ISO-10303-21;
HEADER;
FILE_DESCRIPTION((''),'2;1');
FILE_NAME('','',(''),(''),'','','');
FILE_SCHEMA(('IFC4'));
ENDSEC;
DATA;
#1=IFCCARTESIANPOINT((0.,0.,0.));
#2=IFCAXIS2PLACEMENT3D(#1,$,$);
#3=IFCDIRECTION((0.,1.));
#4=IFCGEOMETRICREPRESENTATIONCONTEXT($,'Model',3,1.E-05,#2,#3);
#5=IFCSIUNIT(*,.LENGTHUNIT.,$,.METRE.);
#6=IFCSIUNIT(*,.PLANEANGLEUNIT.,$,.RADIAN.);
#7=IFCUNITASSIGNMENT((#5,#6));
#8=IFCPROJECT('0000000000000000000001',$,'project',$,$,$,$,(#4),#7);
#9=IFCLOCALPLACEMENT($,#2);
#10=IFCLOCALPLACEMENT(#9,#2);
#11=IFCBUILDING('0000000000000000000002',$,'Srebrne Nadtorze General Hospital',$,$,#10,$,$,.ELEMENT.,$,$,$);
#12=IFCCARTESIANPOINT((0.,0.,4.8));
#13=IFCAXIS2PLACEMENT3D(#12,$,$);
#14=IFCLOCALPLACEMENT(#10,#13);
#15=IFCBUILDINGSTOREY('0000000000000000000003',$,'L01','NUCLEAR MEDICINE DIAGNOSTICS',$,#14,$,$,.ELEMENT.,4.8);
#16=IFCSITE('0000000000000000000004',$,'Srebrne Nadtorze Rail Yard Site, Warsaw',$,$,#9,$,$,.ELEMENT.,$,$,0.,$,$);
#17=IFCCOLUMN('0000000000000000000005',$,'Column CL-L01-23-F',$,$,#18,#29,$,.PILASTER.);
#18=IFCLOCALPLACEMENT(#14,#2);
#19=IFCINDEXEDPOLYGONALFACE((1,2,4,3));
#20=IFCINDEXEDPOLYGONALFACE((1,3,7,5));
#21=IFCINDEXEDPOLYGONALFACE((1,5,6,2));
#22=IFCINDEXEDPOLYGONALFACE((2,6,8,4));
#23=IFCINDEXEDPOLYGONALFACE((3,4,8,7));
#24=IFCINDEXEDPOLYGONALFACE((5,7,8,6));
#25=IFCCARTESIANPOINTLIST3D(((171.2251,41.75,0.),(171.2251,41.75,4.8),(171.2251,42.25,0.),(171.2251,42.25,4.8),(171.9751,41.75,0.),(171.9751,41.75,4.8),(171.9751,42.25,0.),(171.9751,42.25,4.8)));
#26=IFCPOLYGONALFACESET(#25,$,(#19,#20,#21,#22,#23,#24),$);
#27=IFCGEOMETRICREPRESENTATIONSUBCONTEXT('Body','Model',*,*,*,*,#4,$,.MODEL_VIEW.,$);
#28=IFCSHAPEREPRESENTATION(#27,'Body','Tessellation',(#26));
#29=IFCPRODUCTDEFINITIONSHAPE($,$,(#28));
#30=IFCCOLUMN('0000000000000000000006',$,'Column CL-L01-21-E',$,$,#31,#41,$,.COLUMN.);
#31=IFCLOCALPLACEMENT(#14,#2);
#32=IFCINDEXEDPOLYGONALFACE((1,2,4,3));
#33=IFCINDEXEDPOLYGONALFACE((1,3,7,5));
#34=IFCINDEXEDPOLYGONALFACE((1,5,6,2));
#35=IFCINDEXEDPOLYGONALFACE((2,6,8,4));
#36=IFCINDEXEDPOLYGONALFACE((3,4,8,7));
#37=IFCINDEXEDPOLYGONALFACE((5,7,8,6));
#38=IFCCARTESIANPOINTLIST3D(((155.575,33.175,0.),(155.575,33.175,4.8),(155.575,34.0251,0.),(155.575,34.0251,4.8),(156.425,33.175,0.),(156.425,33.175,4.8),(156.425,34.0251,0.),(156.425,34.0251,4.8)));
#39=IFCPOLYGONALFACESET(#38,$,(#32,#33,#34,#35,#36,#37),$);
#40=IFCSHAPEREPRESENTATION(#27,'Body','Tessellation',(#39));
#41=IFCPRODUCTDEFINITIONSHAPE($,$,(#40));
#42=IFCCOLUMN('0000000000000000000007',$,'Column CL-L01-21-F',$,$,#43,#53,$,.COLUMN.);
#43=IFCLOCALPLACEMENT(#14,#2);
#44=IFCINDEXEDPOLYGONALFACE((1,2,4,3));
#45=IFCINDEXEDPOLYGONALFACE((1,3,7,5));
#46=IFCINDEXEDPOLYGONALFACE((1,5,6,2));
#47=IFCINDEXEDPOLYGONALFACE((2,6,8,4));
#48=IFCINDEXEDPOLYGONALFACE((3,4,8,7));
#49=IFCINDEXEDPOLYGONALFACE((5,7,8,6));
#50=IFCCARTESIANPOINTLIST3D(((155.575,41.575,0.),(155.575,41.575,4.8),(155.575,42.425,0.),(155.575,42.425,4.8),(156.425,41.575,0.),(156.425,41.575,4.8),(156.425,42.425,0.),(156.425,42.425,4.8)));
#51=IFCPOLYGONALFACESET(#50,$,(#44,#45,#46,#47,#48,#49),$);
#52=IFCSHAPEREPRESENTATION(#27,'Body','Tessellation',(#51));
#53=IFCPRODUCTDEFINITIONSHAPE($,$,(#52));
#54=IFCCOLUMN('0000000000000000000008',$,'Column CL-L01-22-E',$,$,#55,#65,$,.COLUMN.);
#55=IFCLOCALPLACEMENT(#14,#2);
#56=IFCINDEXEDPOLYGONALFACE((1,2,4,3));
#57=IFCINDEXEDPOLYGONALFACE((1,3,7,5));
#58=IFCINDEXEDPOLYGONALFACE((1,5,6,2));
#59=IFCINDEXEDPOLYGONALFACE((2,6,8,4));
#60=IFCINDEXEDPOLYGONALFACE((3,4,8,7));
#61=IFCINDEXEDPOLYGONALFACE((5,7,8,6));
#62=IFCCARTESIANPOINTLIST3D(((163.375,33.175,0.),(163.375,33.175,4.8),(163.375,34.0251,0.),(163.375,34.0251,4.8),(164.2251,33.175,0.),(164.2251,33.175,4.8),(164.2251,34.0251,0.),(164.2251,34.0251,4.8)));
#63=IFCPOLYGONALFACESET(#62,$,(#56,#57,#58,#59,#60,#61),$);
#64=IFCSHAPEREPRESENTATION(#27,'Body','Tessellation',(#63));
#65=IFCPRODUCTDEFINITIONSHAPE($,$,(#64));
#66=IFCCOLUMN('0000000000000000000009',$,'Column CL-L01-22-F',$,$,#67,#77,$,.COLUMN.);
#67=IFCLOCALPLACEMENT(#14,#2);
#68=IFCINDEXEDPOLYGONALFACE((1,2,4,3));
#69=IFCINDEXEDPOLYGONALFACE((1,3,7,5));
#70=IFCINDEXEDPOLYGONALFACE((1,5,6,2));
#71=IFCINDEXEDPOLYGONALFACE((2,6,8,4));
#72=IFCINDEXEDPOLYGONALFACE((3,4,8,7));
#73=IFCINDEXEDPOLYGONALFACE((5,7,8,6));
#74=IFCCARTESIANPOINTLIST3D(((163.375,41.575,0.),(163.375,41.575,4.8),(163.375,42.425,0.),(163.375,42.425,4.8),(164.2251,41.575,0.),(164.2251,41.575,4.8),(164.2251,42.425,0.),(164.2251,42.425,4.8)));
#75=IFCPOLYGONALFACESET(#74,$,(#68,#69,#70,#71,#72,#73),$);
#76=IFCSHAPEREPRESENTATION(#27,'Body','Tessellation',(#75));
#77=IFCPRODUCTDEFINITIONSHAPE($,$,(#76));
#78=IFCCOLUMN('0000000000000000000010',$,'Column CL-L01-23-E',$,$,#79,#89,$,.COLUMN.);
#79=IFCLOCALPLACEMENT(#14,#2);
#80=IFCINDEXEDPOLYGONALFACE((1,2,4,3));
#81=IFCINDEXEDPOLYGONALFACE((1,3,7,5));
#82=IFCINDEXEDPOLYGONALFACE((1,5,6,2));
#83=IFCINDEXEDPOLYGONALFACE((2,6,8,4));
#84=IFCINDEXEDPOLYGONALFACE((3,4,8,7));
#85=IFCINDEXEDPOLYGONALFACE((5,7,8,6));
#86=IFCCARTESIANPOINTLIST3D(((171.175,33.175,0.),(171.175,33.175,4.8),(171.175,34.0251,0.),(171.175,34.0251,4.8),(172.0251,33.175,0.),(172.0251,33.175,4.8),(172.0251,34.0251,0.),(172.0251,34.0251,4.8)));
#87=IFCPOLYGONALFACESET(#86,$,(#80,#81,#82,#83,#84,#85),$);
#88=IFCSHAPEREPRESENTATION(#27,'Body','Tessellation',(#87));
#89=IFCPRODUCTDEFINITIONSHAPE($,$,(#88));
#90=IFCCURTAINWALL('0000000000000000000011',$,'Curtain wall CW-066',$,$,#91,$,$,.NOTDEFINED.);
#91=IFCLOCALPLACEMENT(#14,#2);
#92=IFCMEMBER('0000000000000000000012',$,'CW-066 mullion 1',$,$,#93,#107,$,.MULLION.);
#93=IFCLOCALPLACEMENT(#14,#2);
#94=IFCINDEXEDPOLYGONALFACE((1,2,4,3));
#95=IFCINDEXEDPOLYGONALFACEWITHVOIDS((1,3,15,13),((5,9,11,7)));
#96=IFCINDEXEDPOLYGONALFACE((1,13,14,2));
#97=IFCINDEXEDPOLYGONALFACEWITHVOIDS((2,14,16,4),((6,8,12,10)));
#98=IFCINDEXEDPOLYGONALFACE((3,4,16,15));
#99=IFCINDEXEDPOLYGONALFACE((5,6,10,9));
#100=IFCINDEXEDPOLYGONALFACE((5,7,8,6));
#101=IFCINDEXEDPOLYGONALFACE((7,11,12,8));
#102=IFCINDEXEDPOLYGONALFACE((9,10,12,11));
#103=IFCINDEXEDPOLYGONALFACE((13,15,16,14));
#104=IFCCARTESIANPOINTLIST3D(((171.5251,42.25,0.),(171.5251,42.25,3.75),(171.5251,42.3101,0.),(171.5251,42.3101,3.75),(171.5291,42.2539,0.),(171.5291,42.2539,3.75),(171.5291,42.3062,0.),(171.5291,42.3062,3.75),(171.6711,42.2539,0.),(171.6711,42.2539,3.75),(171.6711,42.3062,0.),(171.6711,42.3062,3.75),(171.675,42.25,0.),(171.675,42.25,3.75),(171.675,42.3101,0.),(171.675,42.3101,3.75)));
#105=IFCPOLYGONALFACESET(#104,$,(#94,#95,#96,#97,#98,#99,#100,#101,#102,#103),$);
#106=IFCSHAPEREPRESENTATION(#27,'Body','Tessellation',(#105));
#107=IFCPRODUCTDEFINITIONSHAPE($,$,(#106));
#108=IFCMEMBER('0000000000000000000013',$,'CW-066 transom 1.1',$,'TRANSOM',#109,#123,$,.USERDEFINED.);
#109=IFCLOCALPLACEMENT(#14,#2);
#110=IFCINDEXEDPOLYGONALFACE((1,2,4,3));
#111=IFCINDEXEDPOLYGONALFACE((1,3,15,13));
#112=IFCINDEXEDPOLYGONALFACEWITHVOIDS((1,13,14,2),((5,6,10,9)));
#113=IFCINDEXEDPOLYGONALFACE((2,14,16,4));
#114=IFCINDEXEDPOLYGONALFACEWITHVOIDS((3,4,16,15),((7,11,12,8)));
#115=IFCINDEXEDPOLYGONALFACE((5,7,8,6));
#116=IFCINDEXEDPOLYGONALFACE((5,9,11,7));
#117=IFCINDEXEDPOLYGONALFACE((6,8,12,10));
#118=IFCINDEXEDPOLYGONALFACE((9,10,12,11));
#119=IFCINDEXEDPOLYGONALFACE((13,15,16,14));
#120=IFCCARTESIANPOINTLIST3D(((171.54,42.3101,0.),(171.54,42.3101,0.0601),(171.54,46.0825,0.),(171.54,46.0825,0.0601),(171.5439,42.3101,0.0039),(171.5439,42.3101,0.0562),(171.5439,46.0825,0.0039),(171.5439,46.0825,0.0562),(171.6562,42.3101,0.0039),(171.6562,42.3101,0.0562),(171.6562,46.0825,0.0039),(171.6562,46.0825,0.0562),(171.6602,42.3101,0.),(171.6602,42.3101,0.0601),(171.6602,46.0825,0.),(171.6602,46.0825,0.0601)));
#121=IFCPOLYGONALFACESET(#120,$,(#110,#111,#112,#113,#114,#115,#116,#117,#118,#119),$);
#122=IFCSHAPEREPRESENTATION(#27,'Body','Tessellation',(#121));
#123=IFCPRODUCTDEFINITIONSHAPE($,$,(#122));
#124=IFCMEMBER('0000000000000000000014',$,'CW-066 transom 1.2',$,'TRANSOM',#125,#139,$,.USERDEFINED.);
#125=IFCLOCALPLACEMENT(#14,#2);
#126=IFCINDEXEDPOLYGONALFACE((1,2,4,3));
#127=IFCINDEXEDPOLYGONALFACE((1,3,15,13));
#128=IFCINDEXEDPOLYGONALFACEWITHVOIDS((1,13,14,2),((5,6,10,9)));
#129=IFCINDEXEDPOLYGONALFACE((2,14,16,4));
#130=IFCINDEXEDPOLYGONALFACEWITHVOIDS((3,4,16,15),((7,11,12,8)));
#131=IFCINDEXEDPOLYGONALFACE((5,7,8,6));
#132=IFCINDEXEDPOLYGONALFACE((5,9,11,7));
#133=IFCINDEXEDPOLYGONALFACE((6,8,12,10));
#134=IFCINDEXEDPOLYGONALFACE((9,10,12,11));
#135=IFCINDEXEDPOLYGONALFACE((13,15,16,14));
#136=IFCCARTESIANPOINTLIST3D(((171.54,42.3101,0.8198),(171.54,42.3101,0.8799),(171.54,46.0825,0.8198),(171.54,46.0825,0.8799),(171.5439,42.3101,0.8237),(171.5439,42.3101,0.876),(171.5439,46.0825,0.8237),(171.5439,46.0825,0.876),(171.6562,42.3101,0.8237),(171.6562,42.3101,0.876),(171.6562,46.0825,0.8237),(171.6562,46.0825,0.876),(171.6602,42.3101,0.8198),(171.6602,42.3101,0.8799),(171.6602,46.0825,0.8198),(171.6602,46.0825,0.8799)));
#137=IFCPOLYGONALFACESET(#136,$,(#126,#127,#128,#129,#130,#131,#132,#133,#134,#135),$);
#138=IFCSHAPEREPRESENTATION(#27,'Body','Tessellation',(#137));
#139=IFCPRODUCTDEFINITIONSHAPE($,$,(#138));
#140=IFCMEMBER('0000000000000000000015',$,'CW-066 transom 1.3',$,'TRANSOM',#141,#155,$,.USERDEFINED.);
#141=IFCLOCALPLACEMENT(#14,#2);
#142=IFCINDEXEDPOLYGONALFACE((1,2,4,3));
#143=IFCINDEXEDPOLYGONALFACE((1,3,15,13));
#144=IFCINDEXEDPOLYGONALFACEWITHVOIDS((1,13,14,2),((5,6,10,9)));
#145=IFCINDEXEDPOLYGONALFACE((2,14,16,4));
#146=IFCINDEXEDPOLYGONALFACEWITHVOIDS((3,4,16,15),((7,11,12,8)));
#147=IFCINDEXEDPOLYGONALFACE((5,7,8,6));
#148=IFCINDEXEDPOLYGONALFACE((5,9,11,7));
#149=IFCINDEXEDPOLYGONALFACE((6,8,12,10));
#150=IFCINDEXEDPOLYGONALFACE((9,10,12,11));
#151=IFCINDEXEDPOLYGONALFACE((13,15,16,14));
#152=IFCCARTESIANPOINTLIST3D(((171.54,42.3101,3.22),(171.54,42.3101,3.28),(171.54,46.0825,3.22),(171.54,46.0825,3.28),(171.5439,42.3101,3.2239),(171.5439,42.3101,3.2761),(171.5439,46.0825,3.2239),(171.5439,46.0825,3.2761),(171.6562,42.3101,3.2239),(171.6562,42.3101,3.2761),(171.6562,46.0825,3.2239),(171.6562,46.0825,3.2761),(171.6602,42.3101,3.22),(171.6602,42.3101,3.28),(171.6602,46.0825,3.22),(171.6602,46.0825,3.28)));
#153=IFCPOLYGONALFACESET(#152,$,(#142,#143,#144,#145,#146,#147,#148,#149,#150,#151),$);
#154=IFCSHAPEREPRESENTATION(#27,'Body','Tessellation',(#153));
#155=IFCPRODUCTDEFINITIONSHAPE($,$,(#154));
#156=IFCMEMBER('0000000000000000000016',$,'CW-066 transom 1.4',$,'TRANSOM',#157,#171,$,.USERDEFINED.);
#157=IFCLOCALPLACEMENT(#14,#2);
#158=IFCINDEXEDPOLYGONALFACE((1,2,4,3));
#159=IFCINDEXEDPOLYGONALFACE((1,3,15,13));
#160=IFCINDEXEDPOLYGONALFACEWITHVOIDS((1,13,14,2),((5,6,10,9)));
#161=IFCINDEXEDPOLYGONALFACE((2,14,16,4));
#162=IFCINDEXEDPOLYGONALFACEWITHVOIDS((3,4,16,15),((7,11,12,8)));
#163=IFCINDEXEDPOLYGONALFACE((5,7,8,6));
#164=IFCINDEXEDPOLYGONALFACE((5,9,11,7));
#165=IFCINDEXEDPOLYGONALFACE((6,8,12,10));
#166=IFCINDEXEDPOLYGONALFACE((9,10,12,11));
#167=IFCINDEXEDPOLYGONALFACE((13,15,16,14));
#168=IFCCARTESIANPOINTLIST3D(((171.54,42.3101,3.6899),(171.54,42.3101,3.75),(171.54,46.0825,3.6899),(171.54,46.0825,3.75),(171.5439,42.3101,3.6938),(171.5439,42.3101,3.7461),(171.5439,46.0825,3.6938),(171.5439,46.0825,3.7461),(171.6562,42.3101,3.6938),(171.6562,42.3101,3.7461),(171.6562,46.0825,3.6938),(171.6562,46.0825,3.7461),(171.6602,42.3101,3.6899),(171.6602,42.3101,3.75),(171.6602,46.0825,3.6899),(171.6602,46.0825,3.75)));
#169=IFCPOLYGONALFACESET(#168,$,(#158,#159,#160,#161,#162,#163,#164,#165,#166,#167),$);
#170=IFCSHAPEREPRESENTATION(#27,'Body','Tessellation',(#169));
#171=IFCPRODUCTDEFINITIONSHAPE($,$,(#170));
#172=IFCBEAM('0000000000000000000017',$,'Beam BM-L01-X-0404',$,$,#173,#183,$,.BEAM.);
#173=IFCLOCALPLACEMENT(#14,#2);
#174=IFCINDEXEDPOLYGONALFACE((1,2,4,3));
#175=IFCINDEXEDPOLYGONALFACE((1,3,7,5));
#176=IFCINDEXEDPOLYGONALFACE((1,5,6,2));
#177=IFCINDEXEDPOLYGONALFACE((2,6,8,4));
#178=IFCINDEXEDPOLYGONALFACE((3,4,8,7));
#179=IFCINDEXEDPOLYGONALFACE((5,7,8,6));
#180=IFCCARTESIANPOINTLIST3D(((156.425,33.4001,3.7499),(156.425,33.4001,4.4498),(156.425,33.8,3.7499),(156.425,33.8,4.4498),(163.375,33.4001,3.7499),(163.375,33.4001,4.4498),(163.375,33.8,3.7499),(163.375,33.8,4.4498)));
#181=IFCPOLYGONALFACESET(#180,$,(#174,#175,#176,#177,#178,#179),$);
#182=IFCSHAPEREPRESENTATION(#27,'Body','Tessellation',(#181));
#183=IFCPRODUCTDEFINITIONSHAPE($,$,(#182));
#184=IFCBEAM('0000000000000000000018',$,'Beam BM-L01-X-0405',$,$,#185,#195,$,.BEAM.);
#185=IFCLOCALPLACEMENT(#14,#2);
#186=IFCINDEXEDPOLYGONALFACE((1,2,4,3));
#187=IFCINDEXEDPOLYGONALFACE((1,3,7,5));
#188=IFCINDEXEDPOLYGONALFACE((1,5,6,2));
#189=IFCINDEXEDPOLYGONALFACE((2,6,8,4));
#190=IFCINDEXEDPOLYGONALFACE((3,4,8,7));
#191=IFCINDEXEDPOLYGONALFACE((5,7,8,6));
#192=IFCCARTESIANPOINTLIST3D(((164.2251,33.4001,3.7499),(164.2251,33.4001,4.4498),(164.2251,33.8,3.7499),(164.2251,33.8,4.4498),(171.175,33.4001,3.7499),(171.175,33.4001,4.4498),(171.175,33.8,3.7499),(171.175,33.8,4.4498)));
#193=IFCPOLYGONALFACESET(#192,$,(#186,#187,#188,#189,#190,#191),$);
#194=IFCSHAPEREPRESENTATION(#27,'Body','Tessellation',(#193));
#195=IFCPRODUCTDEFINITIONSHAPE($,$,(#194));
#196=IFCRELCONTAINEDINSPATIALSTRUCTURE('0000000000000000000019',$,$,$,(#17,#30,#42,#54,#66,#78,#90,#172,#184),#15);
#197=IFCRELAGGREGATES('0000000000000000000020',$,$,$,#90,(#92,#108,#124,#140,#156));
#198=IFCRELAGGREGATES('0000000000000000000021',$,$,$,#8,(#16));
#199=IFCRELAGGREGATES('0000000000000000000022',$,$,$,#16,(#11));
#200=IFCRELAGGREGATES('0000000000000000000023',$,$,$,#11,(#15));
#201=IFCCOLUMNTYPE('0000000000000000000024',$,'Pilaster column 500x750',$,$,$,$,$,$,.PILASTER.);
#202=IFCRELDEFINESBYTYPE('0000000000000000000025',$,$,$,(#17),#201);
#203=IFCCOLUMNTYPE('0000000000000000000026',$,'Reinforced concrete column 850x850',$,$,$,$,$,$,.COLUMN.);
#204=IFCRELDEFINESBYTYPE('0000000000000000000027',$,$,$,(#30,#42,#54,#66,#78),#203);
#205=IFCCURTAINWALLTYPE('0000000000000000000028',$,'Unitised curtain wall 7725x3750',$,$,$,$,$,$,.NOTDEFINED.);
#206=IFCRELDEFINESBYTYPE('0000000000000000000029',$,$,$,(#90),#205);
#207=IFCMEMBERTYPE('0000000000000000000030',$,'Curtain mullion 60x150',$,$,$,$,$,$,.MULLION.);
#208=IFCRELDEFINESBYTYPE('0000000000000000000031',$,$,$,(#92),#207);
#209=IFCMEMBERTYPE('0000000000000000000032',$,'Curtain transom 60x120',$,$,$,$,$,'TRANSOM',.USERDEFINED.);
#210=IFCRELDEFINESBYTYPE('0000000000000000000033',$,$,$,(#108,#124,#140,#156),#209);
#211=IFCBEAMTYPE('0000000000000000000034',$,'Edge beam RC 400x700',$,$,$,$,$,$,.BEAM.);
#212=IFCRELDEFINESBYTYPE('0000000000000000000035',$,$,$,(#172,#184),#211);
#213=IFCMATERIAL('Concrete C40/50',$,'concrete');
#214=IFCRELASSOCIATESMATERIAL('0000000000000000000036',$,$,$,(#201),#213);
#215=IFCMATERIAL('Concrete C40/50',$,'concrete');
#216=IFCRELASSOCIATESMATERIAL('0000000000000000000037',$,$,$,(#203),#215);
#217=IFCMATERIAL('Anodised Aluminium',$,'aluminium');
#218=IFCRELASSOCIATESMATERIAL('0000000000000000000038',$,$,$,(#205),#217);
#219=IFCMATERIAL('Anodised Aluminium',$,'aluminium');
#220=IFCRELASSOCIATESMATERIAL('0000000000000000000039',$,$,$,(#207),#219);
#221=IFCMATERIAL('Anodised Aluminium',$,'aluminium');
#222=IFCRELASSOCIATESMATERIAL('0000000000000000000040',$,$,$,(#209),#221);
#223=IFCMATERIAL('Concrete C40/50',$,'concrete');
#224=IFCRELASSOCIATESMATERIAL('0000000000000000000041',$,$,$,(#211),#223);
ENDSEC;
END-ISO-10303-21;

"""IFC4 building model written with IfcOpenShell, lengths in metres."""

from ifc_helpers import new_model, si_unit, direction, frame, origin, origin_2d, place, context, subcontext, project, spatial, rectangle, hollow_rectangle, extrude, material, material_profile, profile_set, type_object, element, aggregate, save


model = new_model("IFC4")

# Units and contexts
model_context = context("Model", 3, precision=1e-05, world=origin(), true_north=direction((0.0, 1.0)))
body_context = subcontext(model_context, "Body", "Model", "MODEL_VIEW")
ifc_project = project(units=[si_unit("LENGTHUNIT", "METRE"), si_unit("PLANEANGLEUNIT", "RADIAN")], contexts=[model_context])

# Site, building, storey
site_placement = place(None, origin())
site = spatial("IfcSite", under=ifc_project, at=site_placement, Name="Srebrne Nadtorze Rail Yard Site, Warsaw", CompositionType="ELEMENT", RefElevation=0.0)
building_placement = place(site_placement, origin())
building = spatial("IfcBuilding", under=site, at=building_placement, Name="Srebrne Nadtorze General Hospital", CompositionType="ELEMENT")
storey_placement = place(building_placement, frame((0.0, 0.0, 4.8)))
storey = spatial("IfcBuildingStorey", under=building, at=storey_placement, Name="L01", Description="NUCLEAR MEDICINE DIAGNOSTICS", CompositionType="ELEMENT", Elevation=4.8)

# Columns
ifc_material_1 = material(Name="Concrete C40/50", Category="concrete")
ifc_material_profile_1 = material_profile(ifc_material_1, rectangle(XDim=0.5, YDim=0.75, at=origin_2d()), Name="RC-PIL-500x750")
ifc_profile_set_1 = profile_set([ifc_material_profile_1], Name="Concrete C40/50")
column_type_1 = type_object("IfcColumnType", Name="Pilaster column 500x750", PredefinedType="PILASTER", material=ifc_profile_set_1)
column_placement = place(storey_placement, frame((171.6001, 42.0, 0.0), z_axis=(0.0, 0.0, 1.0), x_axis=(0.0, 1.0, 0.0)))
element("IfcColumn", 1, at=column_placement, inside=storey, type_object=column_type_1, Name="Column CL-L01-23-F", PredefinedType="PILASTER", context=body_context, shape_type="SweptSolid", body=[
    extrude(rectangle(XDim=0.5, YDim=0.75, at=origin_2d()), origin(), (0.0, 0.0, 1.0), 4.8),
])
ifc_material_2 = material(Name="Concrete C40/50", Category="concrete")
ifc_material_profile_2 = material_profile(ifc_material_2, rectangle(XDim=0.8501, YDim=0.8501, at=origin_2d()), Name="RC-COL-850x850")
ifc_profile_set_2 = profile_set([ifc_material_profile_2], Name="Concrete C40/50")
column_type_2 = type_object("IfcColumnType", Name="Reinforced concrete column 850x850", PredefinedType="COLUMN", material=ifc_profile_set_2)
for number, where, z_axis, x_axis, name in (
    (2, (156.0, 33.6001, 0.0), (0.0, 0.0, 1.0), (1.0, 0.0, 0.0), "Column CL-L01-21-E"),
    (3, (156.0, 42.0, 0.0), (0.0, 0.0, 1.0), (1.0, 0.0, 0.0), "Column CL-L01-21-F"),
    (4, (163.8, 33.6001, 0.0), (0.0, 0.0, 1.0), (1.0, 0.0, 0.0), "Column CL-L01-22-E"),
    (5, (163.8, 42.0, 0.0), (0.0, 0.0, 1.0), (1.0, 0.0, 0.0), "Column CL-L01-22-F"),
    (6, (171.6001, 33.6001, 0.0), (0.0, 0.0, 1.0), (1.0, 0.0, 0.0), "Column CL-L01-23-E"),
):
    element("IfcColumn", number, at=place(storey_placement, frame(where, z_axis=z_axis, x_axis=x_axis)), inside=storey, type_object=column_type_2, Name=name, PredefinedType="COLUMN", context=body_context, shape_type="SweptSolid", body=[
        extrude(rectangle(XDim=0.8501, YDim=0.8501, at=origin_2d()), origin(), (0.0, 0.0, 1.0), 4.8),
    ])

# Curtain wall, members
ifc_material_3 = material(Name="Anodised Aluminium", Category="aluminium")
curtain_wall_type = type_object("IfcCurtainWallType", Name="Unitised curtain wall 7725x3750", PredefinedType="NOTDEFINED", material=ifc_material_3)
curtain_wall_placement = place(storey_placement, origin())
curtain_wall = element("IfcCurtainWall", 7, at=curtain_wall_placement, inside=storey, type_object=curtain_wall_type, Name="Curtain wall CW-066", PredefinedType="NOTDEFINED")
ifc_material_4 = material(Name="Anodised Aluminium", Category="aluminium")
ifc_material_profile_3 = material_profile(ifc_material_4, hollow_rectangle(XDim=0.0601, YDim=0.1499, WallThickness=0.0039, at=origin_2d()), Name="AL-MUL-60x150")
ifc_profile_set_3 = profile_set([ifc_material_profile_3], Name="Anodised Aluminium")
member_type_1 = type_object("IfcMemberType", Name="Curtain mullion 60x150", PredefinedType="MULLION", material=ifc_profile_set_3)
member_1_placement = place(storey_placement, frame((171.6001, 42.28, 0.0), z_axis=(0.0, 0.0, 1.0), x_axis=(0.0, 1.0, 0.0)))
member_1 = element("IfcMember", 8, at=member_1_placement, type_object=member_type_1, Name="CW-066 mullion 1", PredefinedType="MULLION", context=body_context, shape_type="SweptSolid", body=[
    extrude(hollow_rectangle(XDim=0.0601, YDim=0.1499, WallThickness=0.0039, at=origin_2d()), origin(), (0.0, 0.0, 1.0), 3.75),
])
ifc_material_5 = material(Name="Anodised Aluminium", Category="aluminium")
ifc_material_profile_4 = material_profile(ifc_material_5, hollow_rectangle(XDim=0.0601, YDim=0.1201, WallThickness=0.0039, at=origin_2d()), Name="AL-TRN-60x120")
ifc_profile_set_4 = profile_set([ifc_material_profile_4], Name="Anodised Aluminium")
member_type_2 = type_object("IfcMemberType", Name="Curtain transom 60x120", ElementType="TRANSOM", PredefinedType="USERDEFINED", material=ifc_profile_set_4)
member_2_placement = place(storey_placement, frame((171.6001, 42.3101, 0.03), z_axis=(0.0, 1.0, 0.0), x_axis=(0.0, 0.0, 1.0)))
member_2 = element("IfcMember", 9, at=member_2_placement, type_object=member_type_2, Name="CW-066 transom 1.1", ObjectType="TRANSOM", PredefinedType="USERDEFINED", context=body_context, shape_type="SweptSolid", body=[
    extrude(hollow_rectangle(XDim=0.0601, YDim=0.1201, WallThickness=0.0039, at=origin_2d()), origin(), (0.0, 0.0, 1.0), 3.7725),
])
member_3_placement = place(storey_placement, frame((171.6001, 42.3101, 0.8499), z_axis=(0.0, 1.0, 0.0), x_axis=(0.0, 0.0, 1.0)))
member_3 = element("IfcMember", 10, at=member_3_placement, type_object=member_type_2, Name="CW-066 transom 1.2", ObjectType="TRANSOM", PredefinedType="USERDEFINED", context=body_context, shape_type="SweptSolid", body=[
    extrude(hollow_rectangle(XDim=0.0601, YDim=0.1201, WallThickness=0.0039, at=origin_2d()), origin(), (0.0, 0.0, 1.0), 3.7725),
])
member_4_placement = place(storey_placement, frame((171.6001, 42.3101, 3.25), z_axis=(0.0, 1.0, 0.0), x_axis=(0.0, 0.0, 1.0)))
member_4 = element("IfcMember", 11, at=member_4_placement, type_object=member_type_2, Name="CW-066 transom 1.3", ObjectType="TRANSOM", PredefinedType="USERDEFINED", context=body_context, shape_type="SweptSolid", body=[
    extrude(hollow_rectangle(XDim=0.0601, YDim=0.1201, WallThickness=0.0039, at=origin_2d()), origin(), (0.0, 0.0, 1.0), 3.7725),
])
member_5_placement = place(storey_placement, frame((171.6001, 42.3101, 3.72), z_axis=(0.0, 1.0, 0.0), x_axis=(0.0, 0.0, 1.0)))
member_5 = element("IfcMember", 12, at=member_5_placement, type_object=member_type_2, Name="CW-066 transom 1.4", ObjectType="TRANSOM", PredefinedType="USERDEFINED", context=body_context, shape_type="SweptSolid", body=[
    extrude(hollow_rectangle(XDim=0.0601, YDim=0.1201, WallThickness=0.0039, at=origin_2d()), origin(), (0.0, 0.0, 1.0), 3.7725),
])

# Beams
ifc_material_6 = material(Name="Concrete C40/50", Category="concrete")
ifc_material_profile_5 = material_profile(ifc_material_6, rectangle(XDim=0.3999, YDim=0.7, at=origin_2d()), Name="RC-BM-400x700")
ifc_profile_set_5 = profile_set([ifc_material_profile_5], Name="Concrete C40/50")
beam_type = type_object("IfcBeamType", Name="Edge beam RC 400x700", PredefinedType="BEAM", material=ifc_profile_set_5)
for number, where, z_axis, x_axis, name in (
    (13, (156.425, 33.6001, 4.0999), (1.0, 0.0, 0.0), (0.0, 1.0, 0.0), "Beam BM-L01-X-0404"),
    (14, (164.2251, 33.6001, 4.0999), (1.0, 0.0, 0.0), (0.0, 1.0, 0.0), "Beam BM-L01-X-0405"),
):
    element("IfcBeam", number, at=place(storey_placement, frame(where, z_axis=z_axis, x_axis=x_axis)), inside=storey, type_object=beam_type, Name=name, PredefinedType="BEAM", context=body_context, shape_type="SweptSolid", body=[
        extrude(rectangle(XDim=0.3999, YDim=0.7, at=origin_2d()), origin(), (0.0, 0.0, 1.0), 6.95),
    ])

aggregate(curtain_wall, [member_1, member_2, member_3, member_4, member_5])

save(model, "model.ifc")
